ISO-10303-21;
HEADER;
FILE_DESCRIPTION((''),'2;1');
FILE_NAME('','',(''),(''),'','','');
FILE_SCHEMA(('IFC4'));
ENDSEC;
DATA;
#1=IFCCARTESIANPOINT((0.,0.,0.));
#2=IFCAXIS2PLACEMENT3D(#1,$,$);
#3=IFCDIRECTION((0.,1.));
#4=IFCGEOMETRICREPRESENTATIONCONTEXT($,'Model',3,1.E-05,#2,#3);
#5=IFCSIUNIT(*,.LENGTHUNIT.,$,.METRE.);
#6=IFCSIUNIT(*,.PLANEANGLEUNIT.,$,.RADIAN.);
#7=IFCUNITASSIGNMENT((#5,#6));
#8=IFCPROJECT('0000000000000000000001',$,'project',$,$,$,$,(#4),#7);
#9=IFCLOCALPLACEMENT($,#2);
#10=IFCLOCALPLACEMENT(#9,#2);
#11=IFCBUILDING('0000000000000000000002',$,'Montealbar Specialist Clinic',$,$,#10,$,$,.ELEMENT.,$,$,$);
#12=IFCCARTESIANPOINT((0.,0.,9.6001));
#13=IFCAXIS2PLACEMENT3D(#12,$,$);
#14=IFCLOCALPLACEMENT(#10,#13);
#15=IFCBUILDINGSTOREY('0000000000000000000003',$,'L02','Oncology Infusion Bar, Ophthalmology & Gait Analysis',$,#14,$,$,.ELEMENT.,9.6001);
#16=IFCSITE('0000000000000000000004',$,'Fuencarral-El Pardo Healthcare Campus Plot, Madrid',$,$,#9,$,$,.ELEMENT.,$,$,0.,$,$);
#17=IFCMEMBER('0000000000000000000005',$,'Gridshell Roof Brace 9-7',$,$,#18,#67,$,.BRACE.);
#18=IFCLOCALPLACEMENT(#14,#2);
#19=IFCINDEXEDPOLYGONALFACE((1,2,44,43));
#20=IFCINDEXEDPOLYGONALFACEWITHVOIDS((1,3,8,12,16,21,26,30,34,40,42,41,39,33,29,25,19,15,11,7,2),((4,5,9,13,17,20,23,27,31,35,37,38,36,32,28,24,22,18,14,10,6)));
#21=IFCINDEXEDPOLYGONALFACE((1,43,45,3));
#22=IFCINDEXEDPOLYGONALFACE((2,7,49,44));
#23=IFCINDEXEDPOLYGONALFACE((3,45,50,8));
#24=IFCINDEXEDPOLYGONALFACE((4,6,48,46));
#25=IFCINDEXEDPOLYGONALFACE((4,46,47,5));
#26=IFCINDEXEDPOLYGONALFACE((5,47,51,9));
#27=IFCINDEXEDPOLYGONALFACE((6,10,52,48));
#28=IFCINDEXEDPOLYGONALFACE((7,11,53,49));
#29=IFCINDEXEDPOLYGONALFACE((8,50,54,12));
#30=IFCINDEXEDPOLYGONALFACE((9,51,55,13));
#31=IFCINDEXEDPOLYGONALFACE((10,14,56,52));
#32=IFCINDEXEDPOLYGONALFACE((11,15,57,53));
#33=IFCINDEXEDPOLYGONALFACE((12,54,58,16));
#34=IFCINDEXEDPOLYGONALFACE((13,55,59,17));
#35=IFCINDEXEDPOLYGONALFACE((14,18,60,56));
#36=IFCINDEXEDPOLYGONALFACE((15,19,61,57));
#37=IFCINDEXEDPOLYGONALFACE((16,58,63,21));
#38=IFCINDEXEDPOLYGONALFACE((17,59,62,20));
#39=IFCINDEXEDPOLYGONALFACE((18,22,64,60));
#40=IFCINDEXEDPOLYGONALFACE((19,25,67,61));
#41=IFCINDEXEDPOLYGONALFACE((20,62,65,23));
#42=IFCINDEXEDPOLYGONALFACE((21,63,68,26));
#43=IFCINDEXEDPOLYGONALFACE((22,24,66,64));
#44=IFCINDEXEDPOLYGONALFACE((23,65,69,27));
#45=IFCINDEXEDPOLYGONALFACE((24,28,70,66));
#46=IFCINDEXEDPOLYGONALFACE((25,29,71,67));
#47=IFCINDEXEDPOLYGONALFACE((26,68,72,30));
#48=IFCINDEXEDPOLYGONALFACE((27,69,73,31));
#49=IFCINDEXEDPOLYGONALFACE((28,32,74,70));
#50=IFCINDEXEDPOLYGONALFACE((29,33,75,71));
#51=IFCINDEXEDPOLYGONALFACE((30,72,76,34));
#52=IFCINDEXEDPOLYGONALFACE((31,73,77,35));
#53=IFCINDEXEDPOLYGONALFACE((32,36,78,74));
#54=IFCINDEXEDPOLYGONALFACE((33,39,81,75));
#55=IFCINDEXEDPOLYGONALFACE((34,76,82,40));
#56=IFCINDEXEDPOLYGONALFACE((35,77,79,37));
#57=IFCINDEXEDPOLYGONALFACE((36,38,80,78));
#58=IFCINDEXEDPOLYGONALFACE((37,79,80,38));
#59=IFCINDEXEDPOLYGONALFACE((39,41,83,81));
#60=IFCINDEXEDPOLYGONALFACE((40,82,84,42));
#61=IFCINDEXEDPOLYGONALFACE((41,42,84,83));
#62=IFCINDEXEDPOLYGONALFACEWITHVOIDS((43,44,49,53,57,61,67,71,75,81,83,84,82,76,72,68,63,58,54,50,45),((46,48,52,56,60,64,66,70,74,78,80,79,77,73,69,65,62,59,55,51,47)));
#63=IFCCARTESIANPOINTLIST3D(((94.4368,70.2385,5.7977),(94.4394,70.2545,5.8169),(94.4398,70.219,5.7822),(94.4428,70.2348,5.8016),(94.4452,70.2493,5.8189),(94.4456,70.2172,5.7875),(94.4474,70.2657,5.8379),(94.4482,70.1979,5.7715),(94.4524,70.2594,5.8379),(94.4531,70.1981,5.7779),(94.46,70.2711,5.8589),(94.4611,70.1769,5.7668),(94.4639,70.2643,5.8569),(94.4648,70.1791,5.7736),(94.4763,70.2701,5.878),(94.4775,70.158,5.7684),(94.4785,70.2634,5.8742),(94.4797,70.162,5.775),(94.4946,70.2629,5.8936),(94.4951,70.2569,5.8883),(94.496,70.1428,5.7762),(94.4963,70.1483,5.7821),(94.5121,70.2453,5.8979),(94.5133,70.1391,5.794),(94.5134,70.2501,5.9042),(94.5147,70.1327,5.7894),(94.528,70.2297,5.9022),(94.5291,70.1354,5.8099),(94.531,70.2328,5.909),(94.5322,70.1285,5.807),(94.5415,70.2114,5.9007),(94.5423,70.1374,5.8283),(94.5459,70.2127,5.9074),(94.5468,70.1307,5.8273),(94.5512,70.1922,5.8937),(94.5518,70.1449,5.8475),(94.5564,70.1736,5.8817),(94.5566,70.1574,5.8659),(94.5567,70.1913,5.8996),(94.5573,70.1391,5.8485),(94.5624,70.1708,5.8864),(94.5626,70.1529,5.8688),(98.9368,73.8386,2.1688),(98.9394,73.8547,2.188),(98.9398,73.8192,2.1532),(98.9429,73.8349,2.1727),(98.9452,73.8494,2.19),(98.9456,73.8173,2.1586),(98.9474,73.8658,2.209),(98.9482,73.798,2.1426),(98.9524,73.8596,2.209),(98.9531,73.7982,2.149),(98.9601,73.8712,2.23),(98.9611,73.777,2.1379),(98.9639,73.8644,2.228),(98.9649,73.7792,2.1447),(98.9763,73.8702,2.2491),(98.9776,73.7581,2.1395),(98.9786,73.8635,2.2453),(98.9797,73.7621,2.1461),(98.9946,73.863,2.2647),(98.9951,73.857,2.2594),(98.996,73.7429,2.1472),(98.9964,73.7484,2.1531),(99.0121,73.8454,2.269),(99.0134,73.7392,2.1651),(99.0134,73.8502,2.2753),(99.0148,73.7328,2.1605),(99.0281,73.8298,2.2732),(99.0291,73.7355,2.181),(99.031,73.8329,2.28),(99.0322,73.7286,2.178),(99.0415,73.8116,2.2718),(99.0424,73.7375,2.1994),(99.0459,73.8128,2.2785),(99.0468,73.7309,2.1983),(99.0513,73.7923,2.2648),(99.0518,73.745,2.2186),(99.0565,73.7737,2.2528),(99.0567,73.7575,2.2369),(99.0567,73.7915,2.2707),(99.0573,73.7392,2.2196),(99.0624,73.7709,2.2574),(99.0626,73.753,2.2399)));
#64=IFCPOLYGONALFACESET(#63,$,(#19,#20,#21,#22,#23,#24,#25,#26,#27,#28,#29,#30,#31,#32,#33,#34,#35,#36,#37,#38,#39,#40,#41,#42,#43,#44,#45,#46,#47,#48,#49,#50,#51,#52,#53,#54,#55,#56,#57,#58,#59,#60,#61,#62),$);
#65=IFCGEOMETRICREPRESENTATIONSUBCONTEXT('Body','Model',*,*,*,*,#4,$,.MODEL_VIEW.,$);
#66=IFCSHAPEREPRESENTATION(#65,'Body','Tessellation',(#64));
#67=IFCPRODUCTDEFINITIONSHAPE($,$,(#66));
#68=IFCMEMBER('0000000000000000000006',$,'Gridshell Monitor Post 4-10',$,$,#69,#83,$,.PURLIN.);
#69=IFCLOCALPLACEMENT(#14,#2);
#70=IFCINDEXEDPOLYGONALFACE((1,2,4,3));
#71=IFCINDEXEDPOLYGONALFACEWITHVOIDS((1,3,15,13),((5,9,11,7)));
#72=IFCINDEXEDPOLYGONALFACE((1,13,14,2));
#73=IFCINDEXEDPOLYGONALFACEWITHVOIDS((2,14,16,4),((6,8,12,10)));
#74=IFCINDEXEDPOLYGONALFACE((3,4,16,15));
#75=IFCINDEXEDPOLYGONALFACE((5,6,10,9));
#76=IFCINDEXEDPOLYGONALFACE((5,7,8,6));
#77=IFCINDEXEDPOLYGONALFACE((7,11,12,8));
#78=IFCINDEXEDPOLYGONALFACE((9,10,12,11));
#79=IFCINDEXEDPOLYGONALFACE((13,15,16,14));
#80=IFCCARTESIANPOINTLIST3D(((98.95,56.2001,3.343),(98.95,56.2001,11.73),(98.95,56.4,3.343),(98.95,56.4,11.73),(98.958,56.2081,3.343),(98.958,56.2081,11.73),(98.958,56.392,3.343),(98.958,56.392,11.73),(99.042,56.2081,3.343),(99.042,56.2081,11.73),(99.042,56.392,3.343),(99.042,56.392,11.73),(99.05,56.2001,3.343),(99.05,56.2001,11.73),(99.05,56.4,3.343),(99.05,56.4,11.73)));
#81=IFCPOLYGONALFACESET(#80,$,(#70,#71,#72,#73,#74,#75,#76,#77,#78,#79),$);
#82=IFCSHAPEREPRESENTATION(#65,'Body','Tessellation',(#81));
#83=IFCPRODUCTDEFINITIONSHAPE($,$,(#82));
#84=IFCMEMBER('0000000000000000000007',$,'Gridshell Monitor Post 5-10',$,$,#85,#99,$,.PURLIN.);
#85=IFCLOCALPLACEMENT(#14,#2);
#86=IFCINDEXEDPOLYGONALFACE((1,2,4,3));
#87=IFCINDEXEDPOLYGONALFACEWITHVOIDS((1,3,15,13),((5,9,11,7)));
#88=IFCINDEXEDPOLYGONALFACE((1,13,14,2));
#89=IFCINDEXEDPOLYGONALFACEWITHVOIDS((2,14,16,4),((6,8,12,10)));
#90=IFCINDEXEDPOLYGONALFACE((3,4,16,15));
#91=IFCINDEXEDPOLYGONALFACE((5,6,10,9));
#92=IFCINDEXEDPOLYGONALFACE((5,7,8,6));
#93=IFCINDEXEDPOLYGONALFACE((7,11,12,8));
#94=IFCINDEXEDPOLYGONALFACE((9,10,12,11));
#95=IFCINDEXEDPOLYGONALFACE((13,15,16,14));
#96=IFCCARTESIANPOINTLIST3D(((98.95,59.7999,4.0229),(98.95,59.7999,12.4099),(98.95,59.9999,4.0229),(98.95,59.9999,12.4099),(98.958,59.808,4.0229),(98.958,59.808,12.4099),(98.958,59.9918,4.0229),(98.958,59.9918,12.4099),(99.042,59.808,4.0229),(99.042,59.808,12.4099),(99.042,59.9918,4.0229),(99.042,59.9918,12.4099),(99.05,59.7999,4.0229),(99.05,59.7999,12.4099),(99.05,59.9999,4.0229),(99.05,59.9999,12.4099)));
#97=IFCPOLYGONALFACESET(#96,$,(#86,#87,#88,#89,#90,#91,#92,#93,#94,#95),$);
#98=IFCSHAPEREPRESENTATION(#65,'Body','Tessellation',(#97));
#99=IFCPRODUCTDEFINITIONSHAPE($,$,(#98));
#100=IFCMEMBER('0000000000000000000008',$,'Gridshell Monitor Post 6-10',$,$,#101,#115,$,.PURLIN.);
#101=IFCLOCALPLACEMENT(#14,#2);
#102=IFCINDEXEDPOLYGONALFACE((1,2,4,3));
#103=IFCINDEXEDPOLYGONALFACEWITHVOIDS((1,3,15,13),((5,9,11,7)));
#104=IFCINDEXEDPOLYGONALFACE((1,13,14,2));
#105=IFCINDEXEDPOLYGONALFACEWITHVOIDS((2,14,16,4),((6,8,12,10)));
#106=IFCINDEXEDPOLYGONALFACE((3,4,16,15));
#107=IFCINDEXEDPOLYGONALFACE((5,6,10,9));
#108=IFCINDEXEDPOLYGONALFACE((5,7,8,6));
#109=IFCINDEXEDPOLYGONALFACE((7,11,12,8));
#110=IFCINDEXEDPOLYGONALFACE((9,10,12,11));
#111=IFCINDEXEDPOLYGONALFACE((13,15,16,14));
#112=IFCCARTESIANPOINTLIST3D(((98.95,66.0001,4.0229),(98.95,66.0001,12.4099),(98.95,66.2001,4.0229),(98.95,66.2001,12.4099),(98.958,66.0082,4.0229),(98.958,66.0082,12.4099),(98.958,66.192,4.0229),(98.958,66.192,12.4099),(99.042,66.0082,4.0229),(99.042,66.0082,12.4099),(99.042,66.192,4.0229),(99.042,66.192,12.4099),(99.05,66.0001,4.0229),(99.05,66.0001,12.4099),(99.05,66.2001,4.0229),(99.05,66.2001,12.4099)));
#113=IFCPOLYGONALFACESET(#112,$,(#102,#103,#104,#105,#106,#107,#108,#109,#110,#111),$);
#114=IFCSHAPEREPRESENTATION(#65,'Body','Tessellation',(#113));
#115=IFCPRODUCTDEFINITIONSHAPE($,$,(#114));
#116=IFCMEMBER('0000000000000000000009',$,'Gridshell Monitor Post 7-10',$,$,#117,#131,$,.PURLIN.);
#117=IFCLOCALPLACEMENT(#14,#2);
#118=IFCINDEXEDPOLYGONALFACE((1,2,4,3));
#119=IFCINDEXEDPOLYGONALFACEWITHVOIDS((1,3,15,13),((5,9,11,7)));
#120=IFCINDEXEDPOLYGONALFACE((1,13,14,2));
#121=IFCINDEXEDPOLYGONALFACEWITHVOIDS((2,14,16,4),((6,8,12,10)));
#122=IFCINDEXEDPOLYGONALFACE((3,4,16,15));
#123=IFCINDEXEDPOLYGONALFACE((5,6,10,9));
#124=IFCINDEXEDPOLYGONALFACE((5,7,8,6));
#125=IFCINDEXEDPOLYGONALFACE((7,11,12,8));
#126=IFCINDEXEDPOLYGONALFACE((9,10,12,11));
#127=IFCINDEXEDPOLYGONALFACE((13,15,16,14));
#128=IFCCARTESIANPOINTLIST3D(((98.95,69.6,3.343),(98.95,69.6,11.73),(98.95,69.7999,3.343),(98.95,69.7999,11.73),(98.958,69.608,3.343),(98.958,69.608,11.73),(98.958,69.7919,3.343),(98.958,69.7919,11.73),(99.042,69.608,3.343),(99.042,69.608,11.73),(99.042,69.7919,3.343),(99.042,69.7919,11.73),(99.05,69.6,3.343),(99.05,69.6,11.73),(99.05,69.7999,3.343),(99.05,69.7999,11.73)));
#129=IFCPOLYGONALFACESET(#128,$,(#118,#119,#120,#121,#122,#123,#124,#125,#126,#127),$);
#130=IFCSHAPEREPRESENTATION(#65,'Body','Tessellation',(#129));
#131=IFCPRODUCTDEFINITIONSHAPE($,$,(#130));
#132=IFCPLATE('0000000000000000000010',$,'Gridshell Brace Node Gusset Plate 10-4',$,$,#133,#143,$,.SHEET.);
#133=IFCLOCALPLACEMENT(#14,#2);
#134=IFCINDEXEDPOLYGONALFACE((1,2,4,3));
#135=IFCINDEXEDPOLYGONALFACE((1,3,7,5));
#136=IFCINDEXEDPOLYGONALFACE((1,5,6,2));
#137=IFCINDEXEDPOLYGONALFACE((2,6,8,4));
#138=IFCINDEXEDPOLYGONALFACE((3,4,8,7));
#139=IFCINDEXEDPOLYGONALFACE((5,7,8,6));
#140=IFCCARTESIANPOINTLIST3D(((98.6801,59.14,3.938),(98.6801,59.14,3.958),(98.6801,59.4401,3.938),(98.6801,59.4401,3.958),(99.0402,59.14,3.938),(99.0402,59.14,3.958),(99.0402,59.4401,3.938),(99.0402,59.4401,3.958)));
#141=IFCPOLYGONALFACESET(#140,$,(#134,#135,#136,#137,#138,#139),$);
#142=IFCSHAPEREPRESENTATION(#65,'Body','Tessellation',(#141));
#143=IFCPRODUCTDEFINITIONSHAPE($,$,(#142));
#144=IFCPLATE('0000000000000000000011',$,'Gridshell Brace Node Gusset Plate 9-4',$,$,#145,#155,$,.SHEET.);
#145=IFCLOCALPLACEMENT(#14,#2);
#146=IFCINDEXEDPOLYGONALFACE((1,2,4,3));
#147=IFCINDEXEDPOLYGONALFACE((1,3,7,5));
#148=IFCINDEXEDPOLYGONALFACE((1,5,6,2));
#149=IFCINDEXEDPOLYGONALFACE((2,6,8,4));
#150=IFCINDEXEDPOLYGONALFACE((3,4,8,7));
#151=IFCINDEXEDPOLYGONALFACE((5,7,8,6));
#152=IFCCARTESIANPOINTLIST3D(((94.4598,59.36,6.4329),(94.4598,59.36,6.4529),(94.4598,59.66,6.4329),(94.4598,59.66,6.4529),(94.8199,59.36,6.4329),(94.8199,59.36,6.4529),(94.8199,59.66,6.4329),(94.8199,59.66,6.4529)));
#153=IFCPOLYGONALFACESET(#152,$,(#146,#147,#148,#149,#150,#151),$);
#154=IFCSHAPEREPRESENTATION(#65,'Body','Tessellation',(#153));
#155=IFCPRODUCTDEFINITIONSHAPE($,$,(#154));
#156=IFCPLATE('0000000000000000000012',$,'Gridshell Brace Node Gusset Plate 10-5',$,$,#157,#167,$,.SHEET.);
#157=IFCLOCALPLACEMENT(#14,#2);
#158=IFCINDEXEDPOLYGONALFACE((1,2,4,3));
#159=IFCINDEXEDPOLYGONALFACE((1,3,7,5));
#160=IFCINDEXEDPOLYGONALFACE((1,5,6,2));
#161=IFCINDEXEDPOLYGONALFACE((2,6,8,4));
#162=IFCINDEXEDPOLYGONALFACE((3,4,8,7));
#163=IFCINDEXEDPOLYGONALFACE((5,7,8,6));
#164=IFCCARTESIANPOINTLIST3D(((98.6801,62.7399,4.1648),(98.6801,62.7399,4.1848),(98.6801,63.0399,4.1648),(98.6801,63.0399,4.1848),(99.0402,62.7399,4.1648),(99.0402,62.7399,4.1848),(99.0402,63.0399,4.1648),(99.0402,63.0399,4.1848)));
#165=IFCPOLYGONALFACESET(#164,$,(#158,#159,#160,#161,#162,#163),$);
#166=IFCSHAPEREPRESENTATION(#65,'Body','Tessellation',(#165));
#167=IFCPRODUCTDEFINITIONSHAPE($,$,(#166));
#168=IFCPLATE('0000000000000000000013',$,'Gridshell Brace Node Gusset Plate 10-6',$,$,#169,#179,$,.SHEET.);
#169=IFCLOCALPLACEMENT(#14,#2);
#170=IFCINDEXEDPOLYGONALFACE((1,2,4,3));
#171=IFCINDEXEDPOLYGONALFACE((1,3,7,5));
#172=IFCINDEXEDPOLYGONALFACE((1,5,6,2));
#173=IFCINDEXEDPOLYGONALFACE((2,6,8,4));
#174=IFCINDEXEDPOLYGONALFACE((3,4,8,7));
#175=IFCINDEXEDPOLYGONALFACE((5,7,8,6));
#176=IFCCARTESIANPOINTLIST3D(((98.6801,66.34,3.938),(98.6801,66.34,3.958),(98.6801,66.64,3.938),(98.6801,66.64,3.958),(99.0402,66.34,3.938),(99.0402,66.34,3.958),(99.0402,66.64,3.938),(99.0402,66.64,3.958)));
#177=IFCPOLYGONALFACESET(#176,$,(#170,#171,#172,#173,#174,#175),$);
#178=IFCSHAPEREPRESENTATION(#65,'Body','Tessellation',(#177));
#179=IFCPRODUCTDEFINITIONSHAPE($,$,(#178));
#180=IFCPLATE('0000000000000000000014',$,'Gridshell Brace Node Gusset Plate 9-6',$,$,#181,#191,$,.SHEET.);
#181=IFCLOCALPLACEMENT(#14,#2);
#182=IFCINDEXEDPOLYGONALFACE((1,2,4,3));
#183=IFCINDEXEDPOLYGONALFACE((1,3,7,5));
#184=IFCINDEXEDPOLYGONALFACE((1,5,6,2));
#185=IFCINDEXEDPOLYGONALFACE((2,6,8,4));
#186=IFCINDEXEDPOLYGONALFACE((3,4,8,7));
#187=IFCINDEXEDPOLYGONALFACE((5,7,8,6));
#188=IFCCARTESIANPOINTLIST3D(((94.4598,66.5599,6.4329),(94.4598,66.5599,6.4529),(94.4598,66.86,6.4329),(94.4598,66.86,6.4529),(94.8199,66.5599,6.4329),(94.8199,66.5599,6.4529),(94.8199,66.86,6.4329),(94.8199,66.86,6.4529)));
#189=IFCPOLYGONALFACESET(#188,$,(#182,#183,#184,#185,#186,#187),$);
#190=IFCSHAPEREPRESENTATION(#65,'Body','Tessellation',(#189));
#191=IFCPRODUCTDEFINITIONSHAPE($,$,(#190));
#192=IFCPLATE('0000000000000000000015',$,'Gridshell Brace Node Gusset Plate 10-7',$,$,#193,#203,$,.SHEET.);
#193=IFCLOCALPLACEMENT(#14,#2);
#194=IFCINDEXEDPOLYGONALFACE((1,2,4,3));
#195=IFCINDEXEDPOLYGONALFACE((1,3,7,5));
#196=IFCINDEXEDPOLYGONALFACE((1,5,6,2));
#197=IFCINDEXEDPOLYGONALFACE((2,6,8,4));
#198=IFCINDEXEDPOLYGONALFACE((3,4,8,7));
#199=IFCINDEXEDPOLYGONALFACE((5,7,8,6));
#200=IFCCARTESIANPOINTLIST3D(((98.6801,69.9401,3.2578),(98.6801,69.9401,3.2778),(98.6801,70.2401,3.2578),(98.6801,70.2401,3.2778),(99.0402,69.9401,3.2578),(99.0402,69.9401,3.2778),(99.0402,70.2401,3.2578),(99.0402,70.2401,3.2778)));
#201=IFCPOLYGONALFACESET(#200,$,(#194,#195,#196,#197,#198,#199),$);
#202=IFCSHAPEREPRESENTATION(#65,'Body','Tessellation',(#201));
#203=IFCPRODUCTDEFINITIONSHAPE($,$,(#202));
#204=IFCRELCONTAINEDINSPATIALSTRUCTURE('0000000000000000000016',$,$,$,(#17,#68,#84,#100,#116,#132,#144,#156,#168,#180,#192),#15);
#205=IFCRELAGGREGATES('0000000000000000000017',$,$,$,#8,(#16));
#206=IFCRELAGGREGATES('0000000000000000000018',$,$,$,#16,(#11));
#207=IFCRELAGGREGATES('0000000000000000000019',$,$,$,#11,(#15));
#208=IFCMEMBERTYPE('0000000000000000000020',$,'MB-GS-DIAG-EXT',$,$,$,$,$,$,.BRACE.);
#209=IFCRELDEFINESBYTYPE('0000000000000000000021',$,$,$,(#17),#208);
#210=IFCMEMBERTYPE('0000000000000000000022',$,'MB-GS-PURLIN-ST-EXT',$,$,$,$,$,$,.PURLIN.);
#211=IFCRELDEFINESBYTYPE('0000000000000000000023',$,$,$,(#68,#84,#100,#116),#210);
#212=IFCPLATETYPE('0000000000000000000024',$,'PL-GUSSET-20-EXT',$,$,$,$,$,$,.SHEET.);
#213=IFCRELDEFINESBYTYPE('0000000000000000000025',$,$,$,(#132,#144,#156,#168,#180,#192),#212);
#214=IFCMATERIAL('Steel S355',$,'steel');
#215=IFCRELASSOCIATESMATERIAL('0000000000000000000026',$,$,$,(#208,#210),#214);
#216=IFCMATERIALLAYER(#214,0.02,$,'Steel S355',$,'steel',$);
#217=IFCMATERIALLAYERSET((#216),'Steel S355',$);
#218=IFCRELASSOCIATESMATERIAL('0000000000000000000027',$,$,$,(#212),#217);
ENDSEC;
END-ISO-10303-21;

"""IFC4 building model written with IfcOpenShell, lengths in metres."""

from ifc_helpers import new_model, si_unit, direction, frame, origin, origin_2d, place, context, subcontext, project, spatial, rectangle, hollow_rectangle, hollow_circle, extrude, material, layer, layer_set, material_profile, profile_set, type_object, element, save


model = new_model("IFC4")

# Units and contexts
model_context = context("Model", 3, precision=1e-05, world=origin(), true_north=direction((0.0, 1.0)))
body_context = subcontext(model_context, "Body", "Model", "MODEL_VIEW")
ifc_project = project(units=[si_unit("LENGTHUNIT", "METRE"), si_unit("PLANEANGLEUNIT", "RADIAN")], contexts=[model_context])

# Site, building, storey
site_placement = place(None, origin())
site = spatial("IfcSite", under=ifc_project, at=site_placement, Name="Fuencarral-El Pardo Healthcare Campus Plot, Madrid", CompositionType="ELEMENT", RefElevation=0.0)
building_placement = place(site_placement, origin())
building = spatial("IfcBuilding", under=site, at=building_placement, Name="Montealbar Specialist Clinic", CompositionType="ELEMENT")
storey_placement = place(building_placement, frame((0.0, 0.0, 9.6001)))
storey = spatial("IfcBuildingStorey", under=building, at=storey_placement, Name="L02", Description="Oncology Infusion Bar, Ophthalmology & Gait Analysis", CompositionType="ELEMENT", Elevation=9.6001)

# Shared definitions
ifc_material_1 = material(Name="Steel S355", Category="steel")

# Members
ifc_material_profile_1 = material_profile(ifc_material_1, hollow_circle(Radius=0.0842, WallThickness=0.0081, at=origin_2d()), Name="CHS 168.3x8.0", Category="steel")
ifc_profile_set_1 = profile_set([ifc_material_profile_1], Name="Steel S355")
member_type_1 = type_object("IfcMemberType", Name="MB-GS-DIAG-EXT", PredefinedType="BRACE", material=ifc_profile_set_1)
member_1_placement = place(storey_placement, frame((94.5, 70.2, 5.8379), z_axis=(0.660768, 0.528628, -0.532859), x_axis=(-0.624705, 0.780861, 0.0)))
element("IfcMember", 1, at=member_1_placement, inside=storey, type_object=member_type_1, Name="Gridshell Roof Brace 9-7", PredefinedType="BRACE", context=body_context, shape_type="SweptSolid", body=[
    extrude(hollow_circle(Radius=0.0842, WallThickness=0.0081, at=origin_2d()), origin(), (0.0, 0.0, 1.0), 6.8103),
])
ifc_material_profile_2 = material_profile(ifc_material_1, hollow_rectangle(XDim=0.1001, YDim=0.2, WallThickness=0.0081, at=origin_2d()), Name="RHS 200x100x8", Category="steel")
ifc_profile_set_2 = profile_set([ifc_material_profile_2], Name="Steel S355")
member_type_2 = type_object("IfcMemberType", Name="MB-GS-PURLIN-ST-EXT", PredefinedType="PURLIN", material=ifc_profile_set_2)
for number, where, z_axis, x_axis, name in (
    (2, (99.0, 56.3, 3.343), (0.0, 0.0, 1.0), (1.0, 0.0, 0.0), "Gridshell Monitor Post 4-10"),
    (3, (99.0, 59.8999, 4.0229), (0.0, 0.0, 1.0), (1.0, 0.0, 0.0), "Gridshell Monitor Post 5-10"),
    (4, (99.0, 66.1001, 4.0229), (0.0, 0.0, 1.0), (1.0, 0.0, 0.0), "Gridshell Monitor Post 6-10"),
    (5, (99.0, 69.7, 3.343), (0.0, 0.0, 1.0), (1.0, 0.0, 0.0), "Gridshell Monitor Post 7-10"),
):
    element("IfcMember", number, at=place(storey_placement, frame(where, z_axis=z_axis, x_axis=x_axis)), inside=storey, type_object=member_type_2, Name=name, PredefinedType="PURLIN", context=body_context, shape_type="SweptSolid", body=[
        extrude(hollow_rectangle(XDim=0.1001, YDim=0.2, WallThickness=0.0081, at=origin_2d()), origin(), (0.0, 0.0, 1.0), 8.387),
    ])

# Plates
ifc_layer = layer(ifc_material_1, 0.02, Name="Steel S355", Category="steel")
ifc_layer_set = layer_set([ifc_layer], Name="Steel S355")
plate_type = type_object("IfcPlateType", Name="PL-GUSSET-20-EXT", PredefinedType="SHEET", material=ifc_layer_set)
for number, where, z_axis, x_axis, name in (
    (6, (98.8601, 59.29, 3.938), (0.0, 0.0, 1.0), (1.0, 0.0, 0.0), "Gridshell Brace Node Gusset Plate 10-4"),
    (7, (94.6399, 59.51, 6.4329), (0.0, 0.0, 1.0), (1.0, 0.0, 0.0), "Gridshell Brace Node Gusset Plate 9-4"),
    (8, (98.8601, 62.8899, 4.1648), (0.0, 0.0, 1.0), (1.0, 0.0, 0.0), "Gridshell Brace Node Gusset Plate 10-5"),
    (9, (98.8601, 66.49, 3.938), (0.0, 0.0, 1.0), (1.0, 0.0, 0.0), "Gridshell Brace Node Gusset Plate 10-6"),
    (10, (94.6399, 66.71, 6.4329), (0.0, 0.0, 1.0), (1.0, 0.0, 0.0), "Gridshell Brace Node Gusset Plate 9-6"),
    (11, (98.8601, 70.0901, 3.2578), (0.0, 0.0, 1.0), (1.0, 0.0, 0.0), "Gridshell Brace Node Gusset Plate 10-7"),
):
    element("IfcPlate", number, at=place(storey_placement, frame(where, z_axis=z_axis, x_axis=x_axis)), inside=storey, type_object=plate_type, Name=name, PredefinedType="SHEET", context=body_context, shape_type="SweptSolid", body=[
        extrude(rectangle(XDim=0.3601, YDim=0.3, at=origin_2d()), origin(), (0.0, 0.0, 1.0), 0.02),
    ])

save(model, "model.ifc")
